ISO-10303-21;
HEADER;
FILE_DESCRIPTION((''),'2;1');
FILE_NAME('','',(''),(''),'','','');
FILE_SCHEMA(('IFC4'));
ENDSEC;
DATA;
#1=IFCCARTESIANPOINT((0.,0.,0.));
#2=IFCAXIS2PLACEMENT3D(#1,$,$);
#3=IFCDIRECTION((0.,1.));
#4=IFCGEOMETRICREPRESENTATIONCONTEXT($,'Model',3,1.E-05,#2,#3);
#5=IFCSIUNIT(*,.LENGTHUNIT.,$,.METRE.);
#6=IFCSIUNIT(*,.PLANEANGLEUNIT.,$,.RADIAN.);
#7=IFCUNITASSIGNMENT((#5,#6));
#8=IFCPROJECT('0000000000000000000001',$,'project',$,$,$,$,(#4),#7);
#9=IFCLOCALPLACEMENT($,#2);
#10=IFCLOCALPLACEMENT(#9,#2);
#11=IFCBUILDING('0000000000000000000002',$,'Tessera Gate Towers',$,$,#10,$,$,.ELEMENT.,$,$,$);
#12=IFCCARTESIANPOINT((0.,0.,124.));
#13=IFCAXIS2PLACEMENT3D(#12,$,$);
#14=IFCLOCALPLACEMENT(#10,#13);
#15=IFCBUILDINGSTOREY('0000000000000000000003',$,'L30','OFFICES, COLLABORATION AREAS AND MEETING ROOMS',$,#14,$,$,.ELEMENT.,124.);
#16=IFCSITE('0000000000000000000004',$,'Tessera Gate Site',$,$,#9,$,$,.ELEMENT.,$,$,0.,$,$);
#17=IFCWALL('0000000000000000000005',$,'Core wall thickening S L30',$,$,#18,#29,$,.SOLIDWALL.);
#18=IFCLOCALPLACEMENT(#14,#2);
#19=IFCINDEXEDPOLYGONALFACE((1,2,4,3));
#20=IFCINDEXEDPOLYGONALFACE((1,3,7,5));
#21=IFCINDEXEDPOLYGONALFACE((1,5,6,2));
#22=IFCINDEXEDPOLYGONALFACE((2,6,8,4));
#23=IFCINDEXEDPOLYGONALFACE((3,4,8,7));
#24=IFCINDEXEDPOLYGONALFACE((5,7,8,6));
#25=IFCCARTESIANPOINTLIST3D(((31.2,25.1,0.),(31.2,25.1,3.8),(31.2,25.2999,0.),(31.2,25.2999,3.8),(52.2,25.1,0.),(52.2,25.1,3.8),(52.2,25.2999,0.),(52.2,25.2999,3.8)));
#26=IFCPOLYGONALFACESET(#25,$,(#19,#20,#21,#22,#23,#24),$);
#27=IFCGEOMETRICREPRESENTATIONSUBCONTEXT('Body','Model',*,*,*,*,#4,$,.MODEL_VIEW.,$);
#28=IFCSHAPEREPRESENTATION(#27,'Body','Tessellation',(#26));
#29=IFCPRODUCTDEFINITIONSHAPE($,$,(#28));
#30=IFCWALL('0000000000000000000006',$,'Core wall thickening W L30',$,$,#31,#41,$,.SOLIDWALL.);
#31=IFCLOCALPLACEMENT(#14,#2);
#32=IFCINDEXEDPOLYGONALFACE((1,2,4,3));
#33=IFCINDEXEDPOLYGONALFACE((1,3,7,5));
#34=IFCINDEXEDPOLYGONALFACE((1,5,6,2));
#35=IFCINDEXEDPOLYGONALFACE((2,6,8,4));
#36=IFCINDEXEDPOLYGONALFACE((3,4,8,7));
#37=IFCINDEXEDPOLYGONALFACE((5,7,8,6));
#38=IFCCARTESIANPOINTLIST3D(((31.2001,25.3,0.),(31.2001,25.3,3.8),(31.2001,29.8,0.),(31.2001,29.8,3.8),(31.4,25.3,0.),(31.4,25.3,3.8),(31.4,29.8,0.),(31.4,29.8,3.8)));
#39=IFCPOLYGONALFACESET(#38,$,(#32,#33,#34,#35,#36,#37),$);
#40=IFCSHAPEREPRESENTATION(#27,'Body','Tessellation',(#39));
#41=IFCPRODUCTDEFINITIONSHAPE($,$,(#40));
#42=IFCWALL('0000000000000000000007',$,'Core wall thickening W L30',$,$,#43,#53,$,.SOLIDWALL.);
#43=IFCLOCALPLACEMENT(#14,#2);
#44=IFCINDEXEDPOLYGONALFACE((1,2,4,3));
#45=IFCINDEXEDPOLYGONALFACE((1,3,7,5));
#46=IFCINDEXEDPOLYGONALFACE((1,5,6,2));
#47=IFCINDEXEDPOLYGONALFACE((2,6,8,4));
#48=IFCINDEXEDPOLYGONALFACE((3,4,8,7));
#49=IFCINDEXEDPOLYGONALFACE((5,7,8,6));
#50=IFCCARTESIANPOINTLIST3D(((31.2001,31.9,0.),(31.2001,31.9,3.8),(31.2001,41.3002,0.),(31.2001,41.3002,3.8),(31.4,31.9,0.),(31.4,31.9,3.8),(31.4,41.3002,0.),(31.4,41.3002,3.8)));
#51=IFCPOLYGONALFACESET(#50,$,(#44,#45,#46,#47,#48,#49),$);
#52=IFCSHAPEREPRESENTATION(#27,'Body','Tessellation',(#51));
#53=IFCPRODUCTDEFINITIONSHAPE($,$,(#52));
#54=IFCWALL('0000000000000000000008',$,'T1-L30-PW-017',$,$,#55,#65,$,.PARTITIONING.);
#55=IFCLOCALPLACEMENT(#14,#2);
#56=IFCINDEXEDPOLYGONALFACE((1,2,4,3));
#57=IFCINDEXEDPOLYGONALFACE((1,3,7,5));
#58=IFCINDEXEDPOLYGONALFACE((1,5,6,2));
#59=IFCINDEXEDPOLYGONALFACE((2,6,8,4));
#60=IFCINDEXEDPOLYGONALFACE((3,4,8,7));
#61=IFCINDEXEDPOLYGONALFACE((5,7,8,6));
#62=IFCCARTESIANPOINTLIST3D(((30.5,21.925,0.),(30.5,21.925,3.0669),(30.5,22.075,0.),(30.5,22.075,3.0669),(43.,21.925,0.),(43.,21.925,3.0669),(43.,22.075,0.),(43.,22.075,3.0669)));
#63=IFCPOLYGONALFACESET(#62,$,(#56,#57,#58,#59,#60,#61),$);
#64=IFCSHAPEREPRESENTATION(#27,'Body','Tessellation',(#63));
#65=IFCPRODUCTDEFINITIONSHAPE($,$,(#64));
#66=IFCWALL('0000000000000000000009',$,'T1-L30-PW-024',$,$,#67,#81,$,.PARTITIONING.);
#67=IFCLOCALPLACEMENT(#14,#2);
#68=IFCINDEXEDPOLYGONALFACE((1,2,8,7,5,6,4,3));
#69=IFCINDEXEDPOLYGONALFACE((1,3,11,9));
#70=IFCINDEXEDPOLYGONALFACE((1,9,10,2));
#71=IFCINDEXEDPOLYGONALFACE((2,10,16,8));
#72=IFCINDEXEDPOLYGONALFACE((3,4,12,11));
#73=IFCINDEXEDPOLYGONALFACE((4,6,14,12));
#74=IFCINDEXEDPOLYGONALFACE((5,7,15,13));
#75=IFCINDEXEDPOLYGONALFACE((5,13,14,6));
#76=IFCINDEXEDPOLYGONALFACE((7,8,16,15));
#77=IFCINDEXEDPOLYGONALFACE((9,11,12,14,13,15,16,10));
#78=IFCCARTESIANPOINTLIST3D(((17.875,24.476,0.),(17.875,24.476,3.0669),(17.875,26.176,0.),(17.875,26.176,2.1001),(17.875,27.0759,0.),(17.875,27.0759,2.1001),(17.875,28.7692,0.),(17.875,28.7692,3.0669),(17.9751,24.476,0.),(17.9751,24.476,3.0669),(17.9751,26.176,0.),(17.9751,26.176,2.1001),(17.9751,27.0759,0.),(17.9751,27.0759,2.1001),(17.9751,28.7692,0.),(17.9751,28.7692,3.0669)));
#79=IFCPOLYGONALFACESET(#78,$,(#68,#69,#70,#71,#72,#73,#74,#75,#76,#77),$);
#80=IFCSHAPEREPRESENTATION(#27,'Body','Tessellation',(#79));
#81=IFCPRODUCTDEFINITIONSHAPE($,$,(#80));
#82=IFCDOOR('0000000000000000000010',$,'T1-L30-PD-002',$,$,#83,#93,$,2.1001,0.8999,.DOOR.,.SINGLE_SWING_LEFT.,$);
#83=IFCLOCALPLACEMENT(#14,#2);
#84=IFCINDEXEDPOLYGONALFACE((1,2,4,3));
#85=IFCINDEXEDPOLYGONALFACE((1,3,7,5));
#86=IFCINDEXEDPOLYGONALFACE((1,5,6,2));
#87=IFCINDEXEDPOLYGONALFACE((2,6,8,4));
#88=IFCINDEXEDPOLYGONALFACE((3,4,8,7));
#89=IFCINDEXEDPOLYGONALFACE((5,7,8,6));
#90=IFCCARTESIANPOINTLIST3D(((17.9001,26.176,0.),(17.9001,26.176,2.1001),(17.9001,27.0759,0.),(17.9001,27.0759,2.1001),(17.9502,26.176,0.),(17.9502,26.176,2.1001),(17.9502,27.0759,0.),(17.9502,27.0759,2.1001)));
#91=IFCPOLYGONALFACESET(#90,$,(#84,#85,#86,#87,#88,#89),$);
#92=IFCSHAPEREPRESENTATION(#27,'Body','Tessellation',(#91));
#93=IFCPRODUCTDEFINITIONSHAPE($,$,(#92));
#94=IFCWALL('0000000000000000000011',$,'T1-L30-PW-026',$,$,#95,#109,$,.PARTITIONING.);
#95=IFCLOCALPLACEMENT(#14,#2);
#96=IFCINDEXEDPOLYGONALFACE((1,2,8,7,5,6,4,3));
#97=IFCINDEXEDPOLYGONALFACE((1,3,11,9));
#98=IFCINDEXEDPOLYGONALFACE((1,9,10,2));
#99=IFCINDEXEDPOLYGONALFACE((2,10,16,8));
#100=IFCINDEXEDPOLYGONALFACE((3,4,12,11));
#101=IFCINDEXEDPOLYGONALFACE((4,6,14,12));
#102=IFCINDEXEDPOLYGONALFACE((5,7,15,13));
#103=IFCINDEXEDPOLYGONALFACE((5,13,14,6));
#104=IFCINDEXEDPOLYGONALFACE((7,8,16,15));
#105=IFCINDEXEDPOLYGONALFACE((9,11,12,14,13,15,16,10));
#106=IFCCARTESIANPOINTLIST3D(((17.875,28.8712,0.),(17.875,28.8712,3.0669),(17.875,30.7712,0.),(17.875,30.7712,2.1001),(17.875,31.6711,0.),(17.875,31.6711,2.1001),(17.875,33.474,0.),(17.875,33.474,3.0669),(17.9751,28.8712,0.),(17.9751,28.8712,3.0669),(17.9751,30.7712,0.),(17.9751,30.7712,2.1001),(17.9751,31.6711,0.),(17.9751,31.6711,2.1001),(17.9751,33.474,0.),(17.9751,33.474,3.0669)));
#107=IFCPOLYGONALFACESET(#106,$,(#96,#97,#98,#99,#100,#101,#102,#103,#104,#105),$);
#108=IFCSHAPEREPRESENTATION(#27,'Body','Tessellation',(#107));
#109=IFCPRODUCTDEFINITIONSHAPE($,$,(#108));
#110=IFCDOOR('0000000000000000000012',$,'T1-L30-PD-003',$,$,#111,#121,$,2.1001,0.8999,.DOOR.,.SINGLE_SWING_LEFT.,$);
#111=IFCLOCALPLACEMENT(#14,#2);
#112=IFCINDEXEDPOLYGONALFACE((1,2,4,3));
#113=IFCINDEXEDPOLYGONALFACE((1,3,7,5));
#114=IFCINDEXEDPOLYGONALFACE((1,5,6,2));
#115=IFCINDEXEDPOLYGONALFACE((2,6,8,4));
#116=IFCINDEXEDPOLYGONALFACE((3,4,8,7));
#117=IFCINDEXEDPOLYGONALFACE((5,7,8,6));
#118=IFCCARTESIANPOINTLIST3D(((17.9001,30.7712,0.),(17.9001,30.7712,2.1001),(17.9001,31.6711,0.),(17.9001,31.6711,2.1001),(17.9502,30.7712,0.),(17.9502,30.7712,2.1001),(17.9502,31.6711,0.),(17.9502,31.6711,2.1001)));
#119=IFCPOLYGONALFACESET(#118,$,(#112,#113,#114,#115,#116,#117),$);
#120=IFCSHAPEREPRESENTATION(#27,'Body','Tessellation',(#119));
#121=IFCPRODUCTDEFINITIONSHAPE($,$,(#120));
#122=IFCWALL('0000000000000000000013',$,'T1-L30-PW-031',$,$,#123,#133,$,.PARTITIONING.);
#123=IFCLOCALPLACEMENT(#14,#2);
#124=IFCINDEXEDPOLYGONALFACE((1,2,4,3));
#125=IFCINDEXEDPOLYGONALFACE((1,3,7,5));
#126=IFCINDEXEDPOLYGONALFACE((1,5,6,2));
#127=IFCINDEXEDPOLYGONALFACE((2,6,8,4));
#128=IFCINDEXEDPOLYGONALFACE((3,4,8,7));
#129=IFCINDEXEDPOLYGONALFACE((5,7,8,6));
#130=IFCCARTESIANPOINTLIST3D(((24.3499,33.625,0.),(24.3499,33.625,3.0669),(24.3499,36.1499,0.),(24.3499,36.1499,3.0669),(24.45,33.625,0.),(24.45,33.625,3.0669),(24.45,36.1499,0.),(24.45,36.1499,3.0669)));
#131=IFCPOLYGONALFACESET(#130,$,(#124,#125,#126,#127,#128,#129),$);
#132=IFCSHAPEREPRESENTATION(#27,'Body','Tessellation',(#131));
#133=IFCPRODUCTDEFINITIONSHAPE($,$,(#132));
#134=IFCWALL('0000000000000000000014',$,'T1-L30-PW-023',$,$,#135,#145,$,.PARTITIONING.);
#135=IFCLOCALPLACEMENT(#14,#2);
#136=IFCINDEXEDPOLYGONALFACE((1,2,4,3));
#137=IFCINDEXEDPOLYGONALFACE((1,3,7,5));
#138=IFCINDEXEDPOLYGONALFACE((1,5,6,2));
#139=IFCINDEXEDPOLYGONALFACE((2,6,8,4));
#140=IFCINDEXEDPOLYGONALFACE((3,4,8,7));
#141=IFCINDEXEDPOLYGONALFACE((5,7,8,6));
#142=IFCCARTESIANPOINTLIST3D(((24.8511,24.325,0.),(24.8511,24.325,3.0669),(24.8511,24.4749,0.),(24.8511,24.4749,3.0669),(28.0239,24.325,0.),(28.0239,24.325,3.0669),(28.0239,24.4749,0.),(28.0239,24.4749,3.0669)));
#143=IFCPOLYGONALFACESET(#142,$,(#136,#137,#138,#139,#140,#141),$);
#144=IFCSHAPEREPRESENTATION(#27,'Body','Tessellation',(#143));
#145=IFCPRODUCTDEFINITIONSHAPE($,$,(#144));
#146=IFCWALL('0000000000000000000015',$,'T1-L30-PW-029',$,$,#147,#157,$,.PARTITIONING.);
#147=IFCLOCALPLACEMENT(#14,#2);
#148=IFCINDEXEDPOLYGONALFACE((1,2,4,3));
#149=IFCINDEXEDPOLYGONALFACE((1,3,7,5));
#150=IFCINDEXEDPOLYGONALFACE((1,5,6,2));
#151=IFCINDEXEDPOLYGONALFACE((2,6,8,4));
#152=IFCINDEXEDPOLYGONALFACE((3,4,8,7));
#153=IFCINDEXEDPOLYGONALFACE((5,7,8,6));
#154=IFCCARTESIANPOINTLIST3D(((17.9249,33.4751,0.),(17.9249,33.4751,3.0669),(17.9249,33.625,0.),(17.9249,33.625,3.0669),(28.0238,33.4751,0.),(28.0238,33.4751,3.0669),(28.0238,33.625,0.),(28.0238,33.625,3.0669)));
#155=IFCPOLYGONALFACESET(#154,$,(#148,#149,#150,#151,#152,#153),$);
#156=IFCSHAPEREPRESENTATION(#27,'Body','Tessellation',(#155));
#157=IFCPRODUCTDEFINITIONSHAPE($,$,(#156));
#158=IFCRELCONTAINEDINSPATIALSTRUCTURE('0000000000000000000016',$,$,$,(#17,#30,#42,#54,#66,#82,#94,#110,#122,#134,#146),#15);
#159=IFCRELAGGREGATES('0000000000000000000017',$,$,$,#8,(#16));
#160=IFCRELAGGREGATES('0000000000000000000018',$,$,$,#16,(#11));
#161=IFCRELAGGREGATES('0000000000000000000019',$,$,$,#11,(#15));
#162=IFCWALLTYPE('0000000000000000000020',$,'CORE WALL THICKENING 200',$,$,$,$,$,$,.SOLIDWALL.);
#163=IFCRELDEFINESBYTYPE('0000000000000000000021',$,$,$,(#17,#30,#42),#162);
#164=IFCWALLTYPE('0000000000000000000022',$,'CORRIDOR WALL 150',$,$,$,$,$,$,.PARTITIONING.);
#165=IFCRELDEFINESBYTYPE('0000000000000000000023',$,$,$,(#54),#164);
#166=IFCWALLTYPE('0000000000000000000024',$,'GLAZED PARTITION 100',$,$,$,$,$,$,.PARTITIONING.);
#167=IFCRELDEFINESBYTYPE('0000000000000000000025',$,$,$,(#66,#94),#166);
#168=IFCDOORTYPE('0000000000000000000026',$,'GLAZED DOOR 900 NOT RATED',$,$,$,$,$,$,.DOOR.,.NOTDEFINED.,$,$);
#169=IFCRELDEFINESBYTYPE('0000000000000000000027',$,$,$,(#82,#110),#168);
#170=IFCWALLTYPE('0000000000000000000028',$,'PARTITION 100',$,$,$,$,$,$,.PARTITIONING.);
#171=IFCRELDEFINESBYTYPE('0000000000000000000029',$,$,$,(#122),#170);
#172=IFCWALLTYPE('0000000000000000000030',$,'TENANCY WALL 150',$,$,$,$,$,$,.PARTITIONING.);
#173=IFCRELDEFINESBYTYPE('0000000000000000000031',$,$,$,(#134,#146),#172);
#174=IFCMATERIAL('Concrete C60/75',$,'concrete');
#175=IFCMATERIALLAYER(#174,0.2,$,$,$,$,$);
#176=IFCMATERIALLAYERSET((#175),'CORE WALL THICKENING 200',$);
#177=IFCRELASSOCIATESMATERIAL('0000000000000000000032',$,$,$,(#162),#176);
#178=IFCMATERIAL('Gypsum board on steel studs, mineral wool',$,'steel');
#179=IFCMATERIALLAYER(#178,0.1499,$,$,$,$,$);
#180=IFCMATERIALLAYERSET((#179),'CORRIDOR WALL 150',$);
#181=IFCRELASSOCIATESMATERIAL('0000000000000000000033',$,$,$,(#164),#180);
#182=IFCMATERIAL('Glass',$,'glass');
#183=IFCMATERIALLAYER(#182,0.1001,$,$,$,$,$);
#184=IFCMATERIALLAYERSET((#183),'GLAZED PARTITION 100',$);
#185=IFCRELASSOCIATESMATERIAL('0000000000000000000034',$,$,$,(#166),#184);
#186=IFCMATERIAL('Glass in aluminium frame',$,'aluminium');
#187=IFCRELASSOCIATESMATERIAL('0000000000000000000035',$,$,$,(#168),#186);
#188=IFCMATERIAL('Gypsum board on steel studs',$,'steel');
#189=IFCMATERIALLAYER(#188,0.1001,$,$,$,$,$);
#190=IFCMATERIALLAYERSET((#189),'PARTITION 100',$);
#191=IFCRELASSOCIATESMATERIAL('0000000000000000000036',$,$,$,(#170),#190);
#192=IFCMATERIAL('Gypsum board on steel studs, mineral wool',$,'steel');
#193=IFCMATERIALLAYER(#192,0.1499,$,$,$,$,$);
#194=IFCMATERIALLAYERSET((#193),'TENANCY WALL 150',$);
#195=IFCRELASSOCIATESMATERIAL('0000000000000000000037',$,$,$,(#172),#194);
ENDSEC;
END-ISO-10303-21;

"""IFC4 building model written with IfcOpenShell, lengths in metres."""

from ifc_helpers import new_model, si_unit, direction, frame, frame_2d, origin, place, context, subcontext, project, spatial, rectangle, extrude, source, transform, mapped, material, layer, layer_set, type_object, element, fill, save


model = new_model("IFC4")

# Units and contexts
model_context = context("Model", 3, precision=1e-05, world=origin(), true_north=direction((0.0, 1.0)))
body_context = subcontext(model_context, "Body", "Model", "MODEL_VIEW")
ifc_project = project(units=[si_unit("LENGTHUNIT", "METRE"), si_unit("PLANEANGLEUNIT", "RADIAN")], contexts=[model_context])

# Site, building, storey
site_placement = place(None, origin())
site = spatial("IfcSite", under=ifc_project, at=site_placement, Name="Tessera Gate Site", CompositionType="ELEMENT", RefElevation=0.0)
building_placement = place(site_placement, origin())
building = spatial("IfcBuilding", under=site, at=building_placement, Name="Tessera Gate Towers", CompositionType="ELEMENT")
storey_placement = place(building_placement, frame((0.0, 0.0, 124.0)))
storey = spatial("IfcBuildingStorey", under=building, at=storey_placement, Name="L30", Description="OFFICES, COLLABORATION AREAS AND MEETING ROOMS", CompositionType="ELEMENT", Elevation=124.0)

# Shared definitions
shared_shape_1 = source(origin(), body_context, "Body", "SweptSolid", [
    extrude(rectangle(XDim=0.8999, YDim=2.1001, at=frame_2d((0.45, 1.05))), frame((0.0, 0.0249, 0.0), z_axis=(0.0, -1.0, 0.0), x_axis=(1.0, 0.0, 0.0)), (0.0, 0.0, 1.0), 0.05),
])

# Walls
ifc_material_1 = material(Name="Concrete C60/75", Category="concrete")
ifc_layer_1 = layer(ifc_material_1, 0.2)
ifc_layer_set_1 = layer_set([ifc_layer_1], Name="CORE WALL THICKENING 200")
wall_type_1 = type_object("IfcWallType", Name="CORE WALL THICKENING 200", PredefinedType="SOLIDWALL", material=ifc_layer_set_1)
wall_1_placement = place(storey_placement, frame((31.2, 25.2, 0.0), z_axis=(0.0, 0.0, 1.0), x_axis=(1.0, 0.0, 0.0)))
element("IfcWall", 1, at=wall_1_placement, inside=storey, type_object=wall_type_1, Name="Core wall thickening S L30", PredefinedType="SOLIDWALL", context=body_context, shape_type="SweptSolid", body=[
    extrude(rectangle(XDim=21.0, YDim=0.2, at=frame_2d((10.5, 0.0))), origin(), (0.0, 0.0, 1.0), 3.8),
])
wall_2_placement = place(storey_placement, frame((31.3, 25.3, 0.0), z_axis=(0.0, 0.0, 1.0), x_axis=(0.0, 1.0, 0.0)))
element("IfcWall", 2, at=wall_2_placement, inside=storey, type_object=wall_type_1, Name="Core wall thickening W L30", PredefinedType="SOLIDWALL", context=body_context, shape_type="SweptSolid", body=[
    extrude(rectangle(XDim=4.5, YDim=0.2, at=frame_2d((2.25, 0.0))), origin(), (0.0, 0.0, 1.0), 3.8),
])
wall_3_placement = place(storey_placement, frame((31.3, 31.8999, 0.0), z_axis=(0.0, 0.0, 1.0), x_axis=(0.0, 1.0, 0.0)))
element("IfcWall", 3, at=wall_3_placement, inside=storey, type_object=wall_type_1, Name="Core wall thickening W L30", PredefinedType="SOLIDWALL", context=body_context, shape_type="SweptSolid", body=[
    extrude(rectangle(XDim=9.4001, YDim=0.2, at=frame_2d((4.7002, 0.0))), origin(), (0.0, 0.0, 1.0), 3.8),
])
ifc_material_2 = material(Name="Gypsum board on steel studs, mineral wool", Category="steel")
ifc_layer_2 = layer(ifc_material_2, 0.1499)
ifc_layer_set_2 = layer_set([ifc_layer_2], Name="CORRIDOR WALL 150")
wall_type_2 = type_object("IfcWallType", Name="CORRIDOR WALL 150", PredefinedType="PARTITIONING", material=ifc_layer_set_2)
wall_4_placement = place(storey_placement, frame((30.5, 22.0, 0.0), z_axis=(0.0, 0.0, 1.0), x_axis=(1.0, 0.0, 0.0)))
element("IfcWall", 4, at=wall_4_placement, inside=storey, type_object=wall_type_2, Name="T1-L30-PW-017", PredefinedType="PARTITIONING", context=body_context, shape_type="SweptSolid", body=[
    extrude(rectangle(XDim=12.5, YDim=0.1499, at=frame_2d((6.25, 0.0))), origin(), (0.0, 0.0, 1.0), 3.0669),
])

# Walls, openings, doors
ifc_material_3 = material(Name="Glass", Category="glass")
ifc_layer_3 = layer(ifc_material_3, 0.1001)
ifc_layer_set_3 = layer_set([ifc_layer_3], Name="GLAZED PARTITION 100")
wall_type_3 = type_object("IfcWallType", Name="GLAZED PARTITION 100", PredefinedType="PARTITIONING", material=ifc_layer_set_3)
wall_5_placement = place(storey_placement, frame((17.925, 24.4761, 0.0), z_axis=(0.0, 0.0, 1.0), x_axis=(0.0, 1.0, 0.0)))
wall_5 = element("IfcWall", 5, at=wall_5_placement, inside=storey, type_object=wall_type_3, Name="T1-L30-PW-024", PredefinedType="PARTITIONING", context=body_context, shape_type="SweptSolid", body=[
    extrude(rectangle(XDim=4.2932, YDim=0.1001, at=frame_2d((2.1465, 0.0))), origin(), (0.0, 0.0, 1.0), 3.0669),
])
shared_shape_2 = source(origin(), body_context, "Body", "SweptSolid", [
    extrude(rectangle(XDim=0.8999, YDim=2.1001, at=frame_2d((0.45, 1.05))), frame((0.0, 0.0601, 0.0), z_axis=(0.0, -1.0, 0.0), x_axis=(1.0, 0.0, 0.0)), (0.0, 0.0, 1.0), 0.1201),
])
opening_1_placement = place(wall_5_placement, frame((1.7, 0.0, 0.0)))
opening_1 = element("IfcOpeningElement", 6, at=opening_1_placement, cuts=wall_5, PredefinedType="OPENING", context=body_context, shape_type="MappedRepresentation", body=[
    mapped(shared_shape_2, transform((0.0, 0.0, 0.0), scale=1.0)),
])
ifc_material_4 = material(Name="Glass in aluminium frame", Category="aluminium")
door_type_1 = type_object("IfcDoorType", Name="GLAZED DOOR 900 NOT RATED", OperationType="NOTDEFINED", PredefinedType="DOOR", material=ifc_material_4)
door_1_placement = place(opening_1_placement, origin())
door_1 = element("IfcDoor", 7, at=door_1_placement, inside=storey, type_object=door_type_1, Name="T1-L30-PD-002", OperationType="SINGLE_SWING_LEFT", OverallHeight=2.1001, OverallWidth=0.8999, PredefinedType="DOOR", context=body_context, shape_type="MappedRepresentation", body=[
    mapped(shared_shape_1, transform((0.0, 0.0, 0.0), scale=1.0)),
])
fill(opening_1, door_1)
wall_6_placement = place(storey_placement, frame((17.925, 28.8713, 0.0), z_axis=(0.0, 0.0, 1.0), x_axis=(0.0, 1.0, 0.0)))
wall_6 = element("IfcWall", 8, at=wall_6_placement, inside=storey, type_object=wall_type_3, Name="T1-L30-PW-026", PredefinedType="PARTITIONING", context=body_context, shape_type="SweptSolid", body=[
    extrude(rectangle(XDim=4.6028, YDim=0.1001, at=frame_2d((2.3013, 0.0))), origin(), (0.0, 0.0, 1.0), 3.0669),
])
opening_2_placement = place(wall_6_placement, frame((1.8999, 0.0, 0.0)))
opening_2 = element("IfcOpeningElement", 9, at=opening_2_placement, cuts=wall_6, PredefinedType="OPENING", context=body_context, shape_type="MappedRepresentation", body=[
    mapped(shared_shape_2, transform((0.0, 0.0, 0.0), scale=1.0)),
])
door_2_placement = place(opening_2_placement, origin())
door_2 = element("IfcDoor", 10, at=door_2_placement, inside=storey, type_object=door_type_1, Name="T1-L30-PD-003", OperationType="SINGLE_SWING_LEFT", OverallHeight=2.1001, OverallWidth=0.8999, PredefinedType="DOOR", context=body_context, shape_type="MappedRepresentation", body=[
    mapped(shared_shape_1, transform((0.0, 0.0, 0.0), scale=1.0)),
])
fill(opening_2, door_2)

# Walls
ifc_material_5 = material(Name="Gypsum board on steel studs", Category="steel")
ifc_layer_4 = layer(ifc_material_5, 0.1001)
ifc_layer_set_4 = layer_set([ifc_layer_4], Name="PARTITION 100")
wall_type_4 = type_object("IfcWallType", Name="PARTITION 100", PredefinedType="PARTITIONING", material=ifc_layer_set_4)
wall_7_placement = place(storey_placement, frame((24.3999, 36.1499, 0.0), z_axis=(0.0, 0.0, 1.0), x_axis=(0.0, -1.0, 0.0)))
element("IfcWall", 11, at=wall_7_placement, inside=storey, type_object=wall_type_4, Name="T1-L30-PW-031", PredefinedType="PARTITIONING", context=body_context, shape_type="SweptSolid", body=[
    extrude(rectangle(XDim=2.5249, YDim=0.1001, at=frame_2d((1.2625, 0.0))), origin(), (0.0, 0.0, 1.0), 3.0669),
])
ifc_material_6 = material(Name="Gypsum board on steel studs, mineral wool", Category="steel")
ifc_layer_5 = layer(ifc_material_6, 0.1499)
ifc_layer_set_5 = layer_set([ifc_layer_5], Name="TENANCY WALL 150")
wall_type_5 = type_object("IfcWallType", Name="TENANCY WALL 150", PredefinedType="PARTITIONING", material=ifc_layer_set_5)
wall_8_placement = place(storey_placement, frame((24.8511, 24.3999, 0.0), z_axis=(0.0, 0.0, 1.0), x_axis=(1.0, 0.0, 0.0)))
element("IfcWall", 12, at=wall_8_placement, inside=storey, type_object=wall_type_5, Name="T1-L30-PW-023", PredefinedType="PARTITIONING", context=body_context, shape_type="SweptSolid", body=[
    extrude(rectangle(XDim=3.1729, YDim=0.1499, at=frame_2d((1.5864, 0.0))), origin(), (0.0, 0.0, 1.0), 3.0669),
])
wall_9_placement = place(storey_placement, frame((17.925, 33.55, 0.0), z_axis=(0.0, 0.0, 1.0), x_axis=(1.0, 0.0, 0.0)))
element("IfcWall", 13, at=wall_9_placement, inside=storey, type_object=wall_type_5, Name="T1-L30-PW-029", PredefinedType="PARTITIONING", context=body_context, shape_type="SweptSolid", body=[
    extrude(rectangle(XDim=10.0989, YDim=0.1499, at=frame_2d((5.0493, 0.0))), origin(), (0.0, 0.0, 1.0), 3.0669),
])

save(model, "model.ifc")
